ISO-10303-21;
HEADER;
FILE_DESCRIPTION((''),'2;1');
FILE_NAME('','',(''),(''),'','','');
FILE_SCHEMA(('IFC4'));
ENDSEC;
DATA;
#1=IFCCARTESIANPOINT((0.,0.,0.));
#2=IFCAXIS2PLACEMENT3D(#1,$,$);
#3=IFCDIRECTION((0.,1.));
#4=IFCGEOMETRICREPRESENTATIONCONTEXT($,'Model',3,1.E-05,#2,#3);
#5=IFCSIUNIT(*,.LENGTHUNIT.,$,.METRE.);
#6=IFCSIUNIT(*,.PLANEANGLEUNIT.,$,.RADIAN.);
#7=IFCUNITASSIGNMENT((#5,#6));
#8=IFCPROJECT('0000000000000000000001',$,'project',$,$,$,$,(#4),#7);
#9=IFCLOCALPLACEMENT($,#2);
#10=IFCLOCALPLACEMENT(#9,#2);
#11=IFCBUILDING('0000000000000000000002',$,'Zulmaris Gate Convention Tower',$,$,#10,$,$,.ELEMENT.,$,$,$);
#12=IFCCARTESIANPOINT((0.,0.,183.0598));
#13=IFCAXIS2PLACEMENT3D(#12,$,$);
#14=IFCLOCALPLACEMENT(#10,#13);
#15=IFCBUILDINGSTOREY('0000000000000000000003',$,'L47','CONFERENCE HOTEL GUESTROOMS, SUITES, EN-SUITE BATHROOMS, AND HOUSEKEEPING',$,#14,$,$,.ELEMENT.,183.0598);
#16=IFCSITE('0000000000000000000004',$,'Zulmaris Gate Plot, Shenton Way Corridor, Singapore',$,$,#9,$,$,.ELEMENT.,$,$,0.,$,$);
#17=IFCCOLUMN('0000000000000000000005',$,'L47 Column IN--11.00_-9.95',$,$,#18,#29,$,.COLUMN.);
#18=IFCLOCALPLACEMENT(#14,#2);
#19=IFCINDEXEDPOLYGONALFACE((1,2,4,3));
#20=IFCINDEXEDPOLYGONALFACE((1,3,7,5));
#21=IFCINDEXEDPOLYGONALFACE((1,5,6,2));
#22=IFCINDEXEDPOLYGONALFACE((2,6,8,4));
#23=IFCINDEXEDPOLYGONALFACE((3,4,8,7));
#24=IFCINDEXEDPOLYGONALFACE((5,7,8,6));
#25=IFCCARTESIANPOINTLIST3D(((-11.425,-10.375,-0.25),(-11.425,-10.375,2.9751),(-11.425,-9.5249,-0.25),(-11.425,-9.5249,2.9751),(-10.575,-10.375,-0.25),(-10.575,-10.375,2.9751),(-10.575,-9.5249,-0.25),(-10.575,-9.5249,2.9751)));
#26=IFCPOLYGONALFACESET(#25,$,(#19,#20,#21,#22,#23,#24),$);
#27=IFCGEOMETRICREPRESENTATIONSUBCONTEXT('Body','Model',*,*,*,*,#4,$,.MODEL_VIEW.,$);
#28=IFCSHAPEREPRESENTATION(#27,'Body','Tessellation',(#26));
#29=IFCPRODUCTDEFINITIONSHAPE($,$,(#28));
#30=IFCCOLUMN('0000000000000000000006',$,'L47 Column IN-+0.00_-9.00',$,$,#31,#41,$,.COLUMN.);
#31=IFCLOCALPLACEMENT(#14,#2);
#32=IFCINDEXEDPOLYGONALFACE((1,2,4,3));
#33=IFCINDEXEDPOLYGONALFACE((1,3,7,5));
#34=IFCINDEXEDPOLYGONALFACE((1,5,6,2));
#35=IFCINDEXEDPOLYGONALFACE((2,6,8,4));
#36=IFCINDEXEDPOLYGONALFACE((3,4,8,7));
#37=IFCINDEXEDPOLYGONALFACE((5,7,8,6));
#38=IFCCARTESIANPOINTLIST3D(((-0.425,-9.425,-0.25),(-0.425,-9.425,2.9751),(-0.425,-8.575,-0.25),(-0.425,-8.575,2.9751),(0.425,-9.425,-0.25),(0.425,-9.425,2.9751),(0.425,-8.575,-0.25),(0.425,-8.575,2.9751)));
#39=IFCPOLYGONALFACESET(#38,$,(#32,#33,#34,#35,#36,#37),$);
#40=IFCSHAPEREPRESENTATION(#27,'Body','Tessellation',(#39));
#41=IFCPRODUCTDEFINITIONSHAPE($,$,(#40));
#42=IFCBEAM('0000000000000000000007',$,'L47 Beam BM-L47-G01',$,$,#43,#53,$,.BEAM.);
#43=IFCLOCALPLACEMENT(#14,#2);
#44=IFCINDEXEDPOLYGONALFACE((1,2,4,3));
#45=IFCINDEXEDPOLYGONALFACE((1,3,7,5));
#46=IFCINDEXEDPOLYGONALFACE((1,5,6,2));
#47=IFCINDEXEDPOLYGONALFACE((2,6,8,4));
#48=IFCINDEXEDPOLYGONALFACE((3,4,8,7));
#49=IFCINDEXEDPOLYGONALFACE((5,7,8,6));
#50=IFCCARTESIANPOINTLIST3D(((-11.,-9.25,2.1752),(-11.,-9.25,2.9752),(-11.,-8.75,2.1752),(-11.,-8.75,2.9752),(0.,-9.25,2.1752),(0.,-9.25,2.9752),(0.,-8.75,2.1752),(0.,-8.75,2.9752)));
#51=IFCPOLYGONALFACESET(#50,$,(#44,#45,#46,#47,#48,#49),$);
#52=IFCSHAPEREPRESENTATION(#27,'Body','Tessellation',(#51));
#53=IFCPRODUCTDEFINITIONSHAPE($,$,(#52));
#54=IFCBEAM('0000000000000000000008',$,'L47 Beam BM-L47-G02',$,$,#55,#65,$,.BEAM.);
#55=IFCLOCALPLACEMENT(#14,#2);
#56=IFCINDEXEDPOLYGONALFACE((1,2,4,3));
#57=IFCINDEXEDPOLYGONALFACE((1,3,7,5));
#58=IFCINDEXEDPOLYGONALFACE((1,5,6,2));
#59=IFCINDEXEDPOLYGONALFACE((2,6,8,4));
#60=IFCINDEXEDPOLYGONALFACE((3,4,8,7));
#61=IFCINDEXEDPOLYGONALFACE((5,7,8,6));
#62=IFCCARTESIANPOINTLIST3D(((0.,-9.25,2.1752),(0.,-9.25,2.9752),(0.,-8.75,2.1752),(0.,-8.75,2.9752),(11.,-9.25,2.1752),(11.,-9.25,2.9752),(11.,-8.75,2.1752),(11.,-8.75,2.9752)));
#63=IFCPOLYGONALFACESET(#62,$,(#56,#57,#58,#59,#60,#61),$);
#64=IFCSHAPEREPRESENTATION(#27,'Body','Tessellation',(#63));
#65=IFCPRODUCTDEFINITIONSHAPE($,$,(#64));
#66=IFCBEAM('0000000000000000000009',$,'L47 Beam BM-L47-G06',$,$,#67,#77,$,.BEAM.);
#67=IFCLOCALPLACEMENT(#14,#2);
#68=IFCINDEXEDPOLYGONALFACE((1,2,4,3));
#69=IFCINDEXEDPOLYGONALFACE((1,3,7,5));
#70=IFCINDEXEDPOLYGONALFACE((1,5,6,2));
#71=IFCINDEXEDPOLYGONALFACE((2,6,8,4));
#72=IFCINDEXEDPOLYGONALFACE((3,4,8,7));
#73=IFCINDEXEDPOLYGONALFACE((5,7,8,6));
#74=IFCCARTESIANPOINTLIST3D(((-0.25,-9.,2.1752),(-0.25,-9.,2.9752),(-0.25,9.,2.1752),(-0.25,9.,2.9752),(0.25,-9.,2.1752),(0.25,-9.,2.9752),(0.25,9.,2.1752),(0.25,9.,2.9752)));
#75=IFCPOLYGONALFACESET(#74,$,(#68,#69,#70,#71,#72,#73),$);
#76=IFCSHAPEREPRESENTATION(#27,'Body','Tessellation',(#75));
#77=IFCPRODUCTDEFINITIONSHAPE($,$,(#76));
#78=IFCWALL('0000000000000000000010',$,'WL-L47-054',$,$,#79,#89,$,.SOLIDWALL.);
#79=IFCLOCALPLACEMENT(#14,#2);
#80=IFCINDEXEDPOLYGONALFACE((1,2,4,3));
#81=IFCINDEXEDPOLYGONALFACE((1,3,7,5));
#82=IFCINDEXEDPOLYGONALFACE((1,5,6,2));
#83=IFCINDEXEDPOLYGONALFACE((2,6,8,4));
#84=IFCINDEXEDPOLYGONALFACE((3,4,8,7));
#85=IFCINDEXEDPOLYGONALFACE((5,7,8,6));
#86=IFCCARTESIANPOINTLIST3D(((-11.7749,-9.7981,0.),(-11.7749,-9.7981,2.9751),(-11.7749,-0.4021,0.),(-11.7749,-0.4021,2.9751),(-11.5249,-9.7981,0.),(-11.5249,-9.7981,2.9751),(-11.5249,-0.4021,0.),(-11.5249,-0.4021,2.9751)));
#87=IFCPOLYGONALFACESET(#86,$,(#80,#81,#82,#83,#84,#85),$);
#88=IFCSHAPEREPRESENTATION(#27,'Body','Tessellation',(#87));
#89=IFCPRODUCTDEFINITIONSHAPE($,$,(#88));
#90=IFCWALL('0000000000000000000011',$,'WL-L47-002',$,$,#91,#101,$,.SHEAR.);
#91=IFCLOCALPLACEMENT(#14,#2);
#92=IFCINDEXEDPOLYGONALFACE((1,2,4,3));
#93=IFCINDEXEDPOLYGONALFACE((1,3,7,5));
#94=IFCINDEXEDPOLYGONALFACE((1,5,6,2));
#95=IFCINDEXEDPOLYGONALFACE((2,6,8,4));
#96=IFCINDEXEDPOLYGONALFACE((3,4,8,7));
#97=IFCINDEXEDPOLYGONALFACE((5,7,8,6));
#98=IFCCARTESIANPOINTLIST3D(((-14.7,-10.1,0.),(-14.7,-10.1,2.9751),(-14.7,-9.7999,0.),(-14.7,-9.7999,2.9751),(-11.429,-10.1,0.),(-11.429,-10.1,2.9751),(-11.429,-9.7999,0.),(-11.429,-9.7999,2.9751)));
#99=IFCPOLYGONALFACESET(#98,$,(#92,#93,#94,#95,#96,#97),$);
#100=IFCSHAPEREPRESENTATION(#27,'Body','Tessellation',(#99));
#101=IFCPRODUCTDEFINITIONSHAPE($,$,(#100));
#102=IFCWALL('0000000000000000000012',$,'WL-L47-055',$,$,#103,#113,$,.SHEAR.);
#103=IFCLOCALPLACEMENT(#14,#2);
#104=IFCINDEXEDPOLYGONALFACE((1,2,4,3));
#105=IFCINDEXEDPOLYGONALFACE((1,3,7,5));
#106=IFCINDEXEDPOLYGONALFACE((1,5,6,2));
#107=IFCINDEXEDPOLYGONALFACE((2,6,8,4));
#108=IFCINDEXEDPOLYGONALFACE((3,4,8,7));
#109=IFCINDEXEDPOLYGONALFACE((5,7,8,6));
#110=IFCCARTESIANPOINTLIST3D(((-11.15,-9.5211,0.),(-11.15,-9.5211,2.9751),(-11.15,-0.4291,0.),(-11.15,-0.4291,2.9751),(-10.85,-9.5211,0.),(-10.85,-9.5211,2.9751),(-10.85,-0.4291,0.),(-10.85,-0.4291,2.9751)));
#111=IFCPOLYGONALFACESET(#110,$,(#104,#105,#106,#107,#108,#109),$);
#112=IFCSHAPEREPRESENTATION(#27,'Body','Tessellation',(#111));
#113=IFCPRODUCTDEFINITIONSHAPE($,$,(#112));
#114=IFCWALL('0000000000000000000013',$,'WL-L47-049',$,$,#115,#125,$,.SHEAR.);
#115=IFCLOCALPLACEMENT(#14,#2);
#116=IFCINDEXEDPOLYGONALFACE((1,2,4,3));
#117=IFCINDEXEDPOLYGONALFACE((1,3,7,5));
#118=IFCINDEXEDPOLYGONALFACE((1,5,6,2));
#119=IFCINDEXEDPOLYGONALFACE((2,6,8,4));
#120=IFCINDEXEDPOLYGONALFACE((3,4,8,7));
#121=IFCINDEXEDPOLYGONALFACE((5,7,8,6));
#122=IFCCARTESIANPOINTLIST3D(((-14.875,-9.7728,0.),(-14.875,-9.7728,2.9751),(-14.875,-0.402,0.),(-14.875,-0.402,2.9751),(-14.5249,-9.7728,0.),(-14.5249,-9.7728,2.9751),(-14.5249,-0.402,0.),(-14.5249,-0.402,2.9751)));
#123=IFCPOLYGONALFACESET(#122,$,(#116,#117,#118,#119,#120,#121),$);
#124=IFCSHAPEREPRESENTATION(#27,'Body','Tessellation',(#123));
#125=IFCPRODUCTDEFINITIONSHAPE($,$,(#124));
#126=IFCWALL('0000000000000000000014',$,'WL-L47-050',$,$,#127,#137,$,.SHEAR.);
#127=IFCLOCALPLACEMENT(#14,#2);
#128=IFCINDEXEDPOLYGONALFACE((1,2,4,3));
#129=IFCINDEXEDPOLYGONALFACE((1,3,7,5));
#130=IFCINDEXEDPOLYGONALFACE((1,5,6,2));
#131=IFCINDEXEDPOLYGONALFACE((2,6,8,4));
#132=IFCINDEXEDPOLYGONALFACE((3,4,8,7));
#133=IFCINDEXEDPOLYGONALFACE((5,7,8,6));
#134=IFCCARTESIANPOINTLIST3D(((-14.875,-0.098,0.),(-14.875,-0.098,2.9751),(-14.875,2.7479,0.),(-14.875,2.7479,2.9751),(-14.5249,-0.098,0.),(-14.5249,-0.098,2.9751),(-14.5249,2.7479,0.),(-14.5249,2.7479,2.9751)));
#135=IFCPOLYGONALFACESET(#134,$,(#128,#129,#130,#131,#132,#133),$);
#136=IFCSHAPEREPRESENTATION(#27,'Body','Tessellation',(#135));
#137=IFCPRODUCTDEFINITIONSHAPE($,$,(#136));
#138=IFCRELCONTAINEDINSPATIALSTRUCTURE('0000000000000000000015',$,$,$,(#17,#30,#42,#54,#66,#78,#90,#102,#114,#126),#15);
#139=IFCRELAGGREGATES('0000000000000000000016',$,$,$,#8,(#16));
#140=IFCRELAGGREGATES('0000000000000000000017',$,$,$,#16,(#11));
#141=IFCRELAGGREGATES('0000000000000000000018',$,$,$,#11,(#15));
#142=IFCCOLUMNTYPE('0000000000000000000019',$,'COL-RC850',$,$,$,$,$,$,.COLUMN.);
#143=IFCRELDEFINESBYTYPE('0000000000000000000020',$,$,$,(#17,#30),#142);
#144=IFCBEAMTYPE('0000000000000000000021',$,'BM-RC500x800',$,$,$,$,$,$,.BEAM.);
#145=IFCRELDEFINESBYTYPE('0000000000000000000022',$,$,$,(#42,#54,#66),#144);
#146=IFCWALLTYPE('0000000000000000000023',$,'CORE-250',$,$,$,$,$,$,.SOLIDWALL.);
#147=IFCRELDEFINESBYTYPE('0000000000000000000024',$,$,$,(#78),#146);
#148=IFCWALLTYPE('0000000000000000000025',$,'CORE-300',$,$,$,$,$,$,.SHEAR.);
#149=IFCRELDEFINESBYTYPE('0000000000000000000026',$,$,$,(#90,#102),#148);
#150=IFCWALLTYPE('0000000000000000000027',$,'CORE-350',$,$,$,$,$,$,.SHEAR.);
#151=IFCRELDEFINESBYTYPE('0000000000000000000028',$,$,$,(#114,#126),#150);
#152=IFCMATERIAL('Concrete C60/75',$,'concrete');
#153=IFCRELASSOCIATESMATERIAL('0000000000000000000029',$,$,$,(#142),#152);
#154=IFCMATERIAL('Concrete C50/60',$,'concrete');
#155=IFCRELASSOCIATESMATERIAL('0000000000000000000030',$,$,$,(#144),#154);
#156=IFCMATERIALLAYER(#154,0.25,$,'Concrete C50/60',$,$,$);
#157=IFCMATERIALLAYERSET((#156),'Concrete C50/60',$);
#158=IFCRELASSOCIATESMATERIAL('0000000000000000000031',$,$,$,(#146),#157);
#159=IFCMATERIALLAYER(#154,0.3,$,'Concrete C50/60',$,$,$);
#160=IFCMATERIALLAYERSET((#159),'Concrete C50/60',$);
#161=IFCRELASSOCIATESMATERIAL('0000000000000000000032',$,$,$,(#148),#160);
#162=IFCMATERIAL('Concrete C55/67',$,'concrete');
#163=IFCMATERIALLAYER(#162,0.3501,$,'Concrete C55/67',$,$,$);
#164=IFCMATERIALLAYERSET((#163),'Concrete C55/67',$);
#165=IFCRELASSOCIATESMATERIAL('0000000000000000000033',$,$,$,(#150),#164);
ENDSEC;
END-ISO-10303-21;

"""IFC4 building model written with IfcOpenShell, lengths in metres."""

from ifc_helpers import new_model, si_unit, direction, frame, frame_2d, origin, origin_2d, place, context, subcontext, project, spatial, rectangle, extrude, material, layer, layer_set, material_profile, profile_set, type_object, element, save


model = new_model("IFC4")

# Units and contexts
model_context = context("Model", 3, precision=1e-05, world=origin(), true_north=direction((0.0, 1.0)))
body_context = subcontext(model_context, "Body", "Model", "MODEL_VIEW")
ifc_project = project(units=[si_unit("LENGTHUNIT", "METRE"), si_unit("PLANEANGLEUNIT", "RADIAN")], contexts=[model_context])

# Site, building, storey
site_placement = place(None, origin())
site = spatial("IfcSite", under=ifc_project, at=site_placement, Name="Zulmaris Gate Plot, Shenton Way Corridor, Singapore", CompositionType="ELEMENT", RefElevation=0.0)
building_placement = place(site_placement, origin())
building = spatial("IfcBuilding", under=site, at=building_placement, Name="Zulmaris Gate Convention Tower", CompositionType="ELEMENT")
storey_placement = place(building_placement, frame((0.0, 0.0, 183.0598)))
storey = spatial("IfcBuildingStorey", under=building, at=storey_placement, Name="L47", Description="CONFERENCE HOTEL GUESTROOMS, SUITES, EN-SUITE BATHROOMS, AND HOUSEKEEPING", CompositionType="ELEMENT", Elevation=183.0598)

# Columns
ifc_material_1 = material(Name="Concrete C60/75", Category="concrete")
ifc_material_profile_1 = material_profile(ifc_material_1, rectangle(XDim=0.8501, YDim=0.8501, at=origin_2d()), Name="RC COL 850x850")
ifc_profile_set_1 = profile_set([ifc_material_profile_1], Name="Concrete C60/75")
column_type = type_object("IfcColumnType", Name="COL-RC850", PredefinedType="COLUMN", material=ifc_profile_set_1)
for number, where, z_axis, x_axis, name in (
    (1, (-11.0, -9.95, -0.25), (0.0, 0.0, 1.0), (1.0, 0.0, 0.0), "L47 Column IN--11.00_-9.95"),
    (2, (0.0, -9.0, -0.25), (0.0, 0.0, 1.0), (1.0, 0.0, 0.0), "L47 Column IN-+0.00_-9.00"),
):
    element("IfcColumn", number, at=place(storey_placement, frame(where, z_axis=z_axis, x_axis=x_axis)), inside=storey, type_object=column_type, Name=name, PredefinedType="COLUMN", context=body_context, shape_type="SweptSolid", body=[
        extrude(rectangle(XDim=0.8501, YDim=0.8501, at=origin_2d()), origin(), (0.0, 0.0, 1.0), 3.2251),
    ])

# Beams
ifc_material_2 = material(Name="Concrete C50/60", Category="concrete")
ifc_material_profile_2 = material_profile(ifc_material_2, rectangle(XDim=0.5, YDim=0.8, at=origin_2d()), Name="RC BEAM 500x800")
ifc_profile_set_2 = profile_set([ifc_material_profile_2], Name="Concrete C50/60")
beam_type = type_object("IfcBeamType", Name="BM-RC500x800", PredefinedType="BEAM", material=ifc_profile_set_2)
for number, where, z_axis, x_axis, name in (
    (3, (-11.0, -9.0, 2.5752), (1.0, 0.0, 0.0), (0.0, 1.0, 0.0), "L47 Beam BM-L47-G01"),
    (4, (0.0, -9.0, 2.5752), (1.0, 0.0, 0.0), (0.0, 1.0, 0.0), "L47 Beam BM-L47-G02"),
):
    element("IfcBeam", number, at=place(storey_placement, frame(where, z_axis=z_axis, x_axis=x_axis)), inside=storey, type_object=beam_type, Name=name, PredefinedType="BEAM", context=body_context, shape_type="SweptSolid", body=[
        extrude(rectangle(XDim=0.5, YDim=0.8, at=origin_2d()), origin(), (0.0, 0.0, 1.0), 11.0),
    ])
beam_placement = place(storey_placement, frame((0.0, -9.0, 2.5752), z_axis=(0.0, 1.0, 0.0), x_axis=(-1.0, 0.0, 0.0)))
element("IfcBeam", 5, at=beam_placement, inside=storey, type_object=beam_type, Name="L47 Beam BM-L47-G06", PredefinedType="BEAM", context=body_context, shape_type="SweptSolid", body=[
    extrude(rectangle(XDim=0.5, YDim=0.8, at=origin_2d()), origin(), (0.0, 0.0, 1.0), 18.0),
])

# Walls
ifc_layer_1 = layer(ifc_material_2, 0.25, Name="Concrete C50/60")
ifc_layer_set_1 = layer_set([ifc_layer_1], Name="Concrete C50/60")
wall_type_1 = type_object("IfcWallType", Name="CORE-250", PredefinedType="SOLIDWALL", material=ifc_layer_set_1)
wall_1_placement = place(storey_placement, frame((-11.6499, -9.7981, 0.0), z_axis=(0.0, 0.0, 1.0), x_axis=(0.0, 1.0, 0.0)))
element("IfcWall", 6, at=wall_1_placement, inside=storey, type_object=wall_type_1, Name="WL-L47-054", PredefinedType="SOLIDWALL", context=body_context, shape_type="SweptSolid", body=[
    extrude(rectangle(XDim=9.396, YDim=0.25, at=frame_2d((4.698, 0.0))), origin(), (0.0, 0.0, 1.0), 2.9751),
])
ifc_layer_2 = layer(ifc_material_2, 0.3, Name="Concrete C50/60")
ifc_layer_set_2 = layer_set([ifc_layer_2], Name="Concrete C50/60")
wall_type_2 = type_object("IfcWallType", Name="CORE-300", PredefinedType="SHEAR", material=ifc_layer_set_2)
wall_2_placement = place(storey_placement, frame((-14.7, -9.95, 0.0), z_axis=(0.0, 0.0, 1.0), x_axis=(1.0, 0.0, 0.0)))
element("IfcWall", 7, at=wall_2_placement, inside=storey, type_object=wall_type_2, Name="WL-L47-002", PredefinedType="SHEAR", context=body_context, shape_type="SweptSolid", body=[
    extrude(rectangle(XDim=3.271, YDim=0.3, at=frame_2d((1.6355, 0.0))), origin(), (0.0, 0.0, 1.0), 2.9751),
])
wall_3_placement = place(storey_placement, frame((-11.0, -9.521, 0.0), z_axis=(0.0, 0.0, 1.0), x_axis=(0.0, 1.0, 0.0)))
element("IfcWall", 8, at=wall_3_placement, inside=storey, type_object=wall_type_2, Name="WL-L47-055", PredefinedType="SHEAR", context=body_context, shape_type="SweptSolid", body=[
    extrude(rectangle(XDim=9.092, YDim=0.3, at=frame_2d((4.5459, 0.0))), origin(), (0.0, 0.0, 1.0), 2.9751),
])
ifc_material_3 = material(Name="Concrete C55/67", Category="concrete")
ifc_layer_3 = layer(ifc_material_3, 0.3501, Name="Concrete C55/67")
ifc_layer_set_3 = layer_set([ifc_layer_3], Name="Concrete C55/67")
wall_type_3 = type_object("IfcWallType", Name="CORE-350", PredefinedType="SHEAR", material=ifc_layer_set_3)
wall_4_placement = place(storey_placement, frame((-14.7, -9.7729, 0.0), z_axis=(0.0, 0.0, 1.0), x_axis=(0.0, 1.0, 0.0)))
element("IfcWall", 9, at=wall_4_placement, inside=storey, type_object=wall_type_3, Name="WL-L47-049", PredefinedType="SHEAR", context=body_context, shape_type="SweptSolid", body=[
    extrude(rectangle(XDim=9.3708, YDim=0.3501, at=frame_2d((4.6855, 0.0))), origin(), (0.0, 0.0, 1.0), 2.9751),
])
wall_5_placement = place(storey_placement, frame((-14.7, -0.0979, 0.0), z_axis=(0.0, 0.0, 1.0), x_axis=(0.0, 1.0, 0.0)))
element("IfcWall", 10, at=wall_5_placement, inside=storey, type_object=wall_type_3, Name="WL-L47-050", PredefinedType="SHEAR", context=body_context, shape_type="SweptSolid", body=[
    extrude(rectangle(XDim=2.8459, YDim=0.3501, at=frame_2d((1.4229, 0.0))), origin(), (0.0, 0.0, 1.0), 2.9751),
])

save(model, "model.ifc")
